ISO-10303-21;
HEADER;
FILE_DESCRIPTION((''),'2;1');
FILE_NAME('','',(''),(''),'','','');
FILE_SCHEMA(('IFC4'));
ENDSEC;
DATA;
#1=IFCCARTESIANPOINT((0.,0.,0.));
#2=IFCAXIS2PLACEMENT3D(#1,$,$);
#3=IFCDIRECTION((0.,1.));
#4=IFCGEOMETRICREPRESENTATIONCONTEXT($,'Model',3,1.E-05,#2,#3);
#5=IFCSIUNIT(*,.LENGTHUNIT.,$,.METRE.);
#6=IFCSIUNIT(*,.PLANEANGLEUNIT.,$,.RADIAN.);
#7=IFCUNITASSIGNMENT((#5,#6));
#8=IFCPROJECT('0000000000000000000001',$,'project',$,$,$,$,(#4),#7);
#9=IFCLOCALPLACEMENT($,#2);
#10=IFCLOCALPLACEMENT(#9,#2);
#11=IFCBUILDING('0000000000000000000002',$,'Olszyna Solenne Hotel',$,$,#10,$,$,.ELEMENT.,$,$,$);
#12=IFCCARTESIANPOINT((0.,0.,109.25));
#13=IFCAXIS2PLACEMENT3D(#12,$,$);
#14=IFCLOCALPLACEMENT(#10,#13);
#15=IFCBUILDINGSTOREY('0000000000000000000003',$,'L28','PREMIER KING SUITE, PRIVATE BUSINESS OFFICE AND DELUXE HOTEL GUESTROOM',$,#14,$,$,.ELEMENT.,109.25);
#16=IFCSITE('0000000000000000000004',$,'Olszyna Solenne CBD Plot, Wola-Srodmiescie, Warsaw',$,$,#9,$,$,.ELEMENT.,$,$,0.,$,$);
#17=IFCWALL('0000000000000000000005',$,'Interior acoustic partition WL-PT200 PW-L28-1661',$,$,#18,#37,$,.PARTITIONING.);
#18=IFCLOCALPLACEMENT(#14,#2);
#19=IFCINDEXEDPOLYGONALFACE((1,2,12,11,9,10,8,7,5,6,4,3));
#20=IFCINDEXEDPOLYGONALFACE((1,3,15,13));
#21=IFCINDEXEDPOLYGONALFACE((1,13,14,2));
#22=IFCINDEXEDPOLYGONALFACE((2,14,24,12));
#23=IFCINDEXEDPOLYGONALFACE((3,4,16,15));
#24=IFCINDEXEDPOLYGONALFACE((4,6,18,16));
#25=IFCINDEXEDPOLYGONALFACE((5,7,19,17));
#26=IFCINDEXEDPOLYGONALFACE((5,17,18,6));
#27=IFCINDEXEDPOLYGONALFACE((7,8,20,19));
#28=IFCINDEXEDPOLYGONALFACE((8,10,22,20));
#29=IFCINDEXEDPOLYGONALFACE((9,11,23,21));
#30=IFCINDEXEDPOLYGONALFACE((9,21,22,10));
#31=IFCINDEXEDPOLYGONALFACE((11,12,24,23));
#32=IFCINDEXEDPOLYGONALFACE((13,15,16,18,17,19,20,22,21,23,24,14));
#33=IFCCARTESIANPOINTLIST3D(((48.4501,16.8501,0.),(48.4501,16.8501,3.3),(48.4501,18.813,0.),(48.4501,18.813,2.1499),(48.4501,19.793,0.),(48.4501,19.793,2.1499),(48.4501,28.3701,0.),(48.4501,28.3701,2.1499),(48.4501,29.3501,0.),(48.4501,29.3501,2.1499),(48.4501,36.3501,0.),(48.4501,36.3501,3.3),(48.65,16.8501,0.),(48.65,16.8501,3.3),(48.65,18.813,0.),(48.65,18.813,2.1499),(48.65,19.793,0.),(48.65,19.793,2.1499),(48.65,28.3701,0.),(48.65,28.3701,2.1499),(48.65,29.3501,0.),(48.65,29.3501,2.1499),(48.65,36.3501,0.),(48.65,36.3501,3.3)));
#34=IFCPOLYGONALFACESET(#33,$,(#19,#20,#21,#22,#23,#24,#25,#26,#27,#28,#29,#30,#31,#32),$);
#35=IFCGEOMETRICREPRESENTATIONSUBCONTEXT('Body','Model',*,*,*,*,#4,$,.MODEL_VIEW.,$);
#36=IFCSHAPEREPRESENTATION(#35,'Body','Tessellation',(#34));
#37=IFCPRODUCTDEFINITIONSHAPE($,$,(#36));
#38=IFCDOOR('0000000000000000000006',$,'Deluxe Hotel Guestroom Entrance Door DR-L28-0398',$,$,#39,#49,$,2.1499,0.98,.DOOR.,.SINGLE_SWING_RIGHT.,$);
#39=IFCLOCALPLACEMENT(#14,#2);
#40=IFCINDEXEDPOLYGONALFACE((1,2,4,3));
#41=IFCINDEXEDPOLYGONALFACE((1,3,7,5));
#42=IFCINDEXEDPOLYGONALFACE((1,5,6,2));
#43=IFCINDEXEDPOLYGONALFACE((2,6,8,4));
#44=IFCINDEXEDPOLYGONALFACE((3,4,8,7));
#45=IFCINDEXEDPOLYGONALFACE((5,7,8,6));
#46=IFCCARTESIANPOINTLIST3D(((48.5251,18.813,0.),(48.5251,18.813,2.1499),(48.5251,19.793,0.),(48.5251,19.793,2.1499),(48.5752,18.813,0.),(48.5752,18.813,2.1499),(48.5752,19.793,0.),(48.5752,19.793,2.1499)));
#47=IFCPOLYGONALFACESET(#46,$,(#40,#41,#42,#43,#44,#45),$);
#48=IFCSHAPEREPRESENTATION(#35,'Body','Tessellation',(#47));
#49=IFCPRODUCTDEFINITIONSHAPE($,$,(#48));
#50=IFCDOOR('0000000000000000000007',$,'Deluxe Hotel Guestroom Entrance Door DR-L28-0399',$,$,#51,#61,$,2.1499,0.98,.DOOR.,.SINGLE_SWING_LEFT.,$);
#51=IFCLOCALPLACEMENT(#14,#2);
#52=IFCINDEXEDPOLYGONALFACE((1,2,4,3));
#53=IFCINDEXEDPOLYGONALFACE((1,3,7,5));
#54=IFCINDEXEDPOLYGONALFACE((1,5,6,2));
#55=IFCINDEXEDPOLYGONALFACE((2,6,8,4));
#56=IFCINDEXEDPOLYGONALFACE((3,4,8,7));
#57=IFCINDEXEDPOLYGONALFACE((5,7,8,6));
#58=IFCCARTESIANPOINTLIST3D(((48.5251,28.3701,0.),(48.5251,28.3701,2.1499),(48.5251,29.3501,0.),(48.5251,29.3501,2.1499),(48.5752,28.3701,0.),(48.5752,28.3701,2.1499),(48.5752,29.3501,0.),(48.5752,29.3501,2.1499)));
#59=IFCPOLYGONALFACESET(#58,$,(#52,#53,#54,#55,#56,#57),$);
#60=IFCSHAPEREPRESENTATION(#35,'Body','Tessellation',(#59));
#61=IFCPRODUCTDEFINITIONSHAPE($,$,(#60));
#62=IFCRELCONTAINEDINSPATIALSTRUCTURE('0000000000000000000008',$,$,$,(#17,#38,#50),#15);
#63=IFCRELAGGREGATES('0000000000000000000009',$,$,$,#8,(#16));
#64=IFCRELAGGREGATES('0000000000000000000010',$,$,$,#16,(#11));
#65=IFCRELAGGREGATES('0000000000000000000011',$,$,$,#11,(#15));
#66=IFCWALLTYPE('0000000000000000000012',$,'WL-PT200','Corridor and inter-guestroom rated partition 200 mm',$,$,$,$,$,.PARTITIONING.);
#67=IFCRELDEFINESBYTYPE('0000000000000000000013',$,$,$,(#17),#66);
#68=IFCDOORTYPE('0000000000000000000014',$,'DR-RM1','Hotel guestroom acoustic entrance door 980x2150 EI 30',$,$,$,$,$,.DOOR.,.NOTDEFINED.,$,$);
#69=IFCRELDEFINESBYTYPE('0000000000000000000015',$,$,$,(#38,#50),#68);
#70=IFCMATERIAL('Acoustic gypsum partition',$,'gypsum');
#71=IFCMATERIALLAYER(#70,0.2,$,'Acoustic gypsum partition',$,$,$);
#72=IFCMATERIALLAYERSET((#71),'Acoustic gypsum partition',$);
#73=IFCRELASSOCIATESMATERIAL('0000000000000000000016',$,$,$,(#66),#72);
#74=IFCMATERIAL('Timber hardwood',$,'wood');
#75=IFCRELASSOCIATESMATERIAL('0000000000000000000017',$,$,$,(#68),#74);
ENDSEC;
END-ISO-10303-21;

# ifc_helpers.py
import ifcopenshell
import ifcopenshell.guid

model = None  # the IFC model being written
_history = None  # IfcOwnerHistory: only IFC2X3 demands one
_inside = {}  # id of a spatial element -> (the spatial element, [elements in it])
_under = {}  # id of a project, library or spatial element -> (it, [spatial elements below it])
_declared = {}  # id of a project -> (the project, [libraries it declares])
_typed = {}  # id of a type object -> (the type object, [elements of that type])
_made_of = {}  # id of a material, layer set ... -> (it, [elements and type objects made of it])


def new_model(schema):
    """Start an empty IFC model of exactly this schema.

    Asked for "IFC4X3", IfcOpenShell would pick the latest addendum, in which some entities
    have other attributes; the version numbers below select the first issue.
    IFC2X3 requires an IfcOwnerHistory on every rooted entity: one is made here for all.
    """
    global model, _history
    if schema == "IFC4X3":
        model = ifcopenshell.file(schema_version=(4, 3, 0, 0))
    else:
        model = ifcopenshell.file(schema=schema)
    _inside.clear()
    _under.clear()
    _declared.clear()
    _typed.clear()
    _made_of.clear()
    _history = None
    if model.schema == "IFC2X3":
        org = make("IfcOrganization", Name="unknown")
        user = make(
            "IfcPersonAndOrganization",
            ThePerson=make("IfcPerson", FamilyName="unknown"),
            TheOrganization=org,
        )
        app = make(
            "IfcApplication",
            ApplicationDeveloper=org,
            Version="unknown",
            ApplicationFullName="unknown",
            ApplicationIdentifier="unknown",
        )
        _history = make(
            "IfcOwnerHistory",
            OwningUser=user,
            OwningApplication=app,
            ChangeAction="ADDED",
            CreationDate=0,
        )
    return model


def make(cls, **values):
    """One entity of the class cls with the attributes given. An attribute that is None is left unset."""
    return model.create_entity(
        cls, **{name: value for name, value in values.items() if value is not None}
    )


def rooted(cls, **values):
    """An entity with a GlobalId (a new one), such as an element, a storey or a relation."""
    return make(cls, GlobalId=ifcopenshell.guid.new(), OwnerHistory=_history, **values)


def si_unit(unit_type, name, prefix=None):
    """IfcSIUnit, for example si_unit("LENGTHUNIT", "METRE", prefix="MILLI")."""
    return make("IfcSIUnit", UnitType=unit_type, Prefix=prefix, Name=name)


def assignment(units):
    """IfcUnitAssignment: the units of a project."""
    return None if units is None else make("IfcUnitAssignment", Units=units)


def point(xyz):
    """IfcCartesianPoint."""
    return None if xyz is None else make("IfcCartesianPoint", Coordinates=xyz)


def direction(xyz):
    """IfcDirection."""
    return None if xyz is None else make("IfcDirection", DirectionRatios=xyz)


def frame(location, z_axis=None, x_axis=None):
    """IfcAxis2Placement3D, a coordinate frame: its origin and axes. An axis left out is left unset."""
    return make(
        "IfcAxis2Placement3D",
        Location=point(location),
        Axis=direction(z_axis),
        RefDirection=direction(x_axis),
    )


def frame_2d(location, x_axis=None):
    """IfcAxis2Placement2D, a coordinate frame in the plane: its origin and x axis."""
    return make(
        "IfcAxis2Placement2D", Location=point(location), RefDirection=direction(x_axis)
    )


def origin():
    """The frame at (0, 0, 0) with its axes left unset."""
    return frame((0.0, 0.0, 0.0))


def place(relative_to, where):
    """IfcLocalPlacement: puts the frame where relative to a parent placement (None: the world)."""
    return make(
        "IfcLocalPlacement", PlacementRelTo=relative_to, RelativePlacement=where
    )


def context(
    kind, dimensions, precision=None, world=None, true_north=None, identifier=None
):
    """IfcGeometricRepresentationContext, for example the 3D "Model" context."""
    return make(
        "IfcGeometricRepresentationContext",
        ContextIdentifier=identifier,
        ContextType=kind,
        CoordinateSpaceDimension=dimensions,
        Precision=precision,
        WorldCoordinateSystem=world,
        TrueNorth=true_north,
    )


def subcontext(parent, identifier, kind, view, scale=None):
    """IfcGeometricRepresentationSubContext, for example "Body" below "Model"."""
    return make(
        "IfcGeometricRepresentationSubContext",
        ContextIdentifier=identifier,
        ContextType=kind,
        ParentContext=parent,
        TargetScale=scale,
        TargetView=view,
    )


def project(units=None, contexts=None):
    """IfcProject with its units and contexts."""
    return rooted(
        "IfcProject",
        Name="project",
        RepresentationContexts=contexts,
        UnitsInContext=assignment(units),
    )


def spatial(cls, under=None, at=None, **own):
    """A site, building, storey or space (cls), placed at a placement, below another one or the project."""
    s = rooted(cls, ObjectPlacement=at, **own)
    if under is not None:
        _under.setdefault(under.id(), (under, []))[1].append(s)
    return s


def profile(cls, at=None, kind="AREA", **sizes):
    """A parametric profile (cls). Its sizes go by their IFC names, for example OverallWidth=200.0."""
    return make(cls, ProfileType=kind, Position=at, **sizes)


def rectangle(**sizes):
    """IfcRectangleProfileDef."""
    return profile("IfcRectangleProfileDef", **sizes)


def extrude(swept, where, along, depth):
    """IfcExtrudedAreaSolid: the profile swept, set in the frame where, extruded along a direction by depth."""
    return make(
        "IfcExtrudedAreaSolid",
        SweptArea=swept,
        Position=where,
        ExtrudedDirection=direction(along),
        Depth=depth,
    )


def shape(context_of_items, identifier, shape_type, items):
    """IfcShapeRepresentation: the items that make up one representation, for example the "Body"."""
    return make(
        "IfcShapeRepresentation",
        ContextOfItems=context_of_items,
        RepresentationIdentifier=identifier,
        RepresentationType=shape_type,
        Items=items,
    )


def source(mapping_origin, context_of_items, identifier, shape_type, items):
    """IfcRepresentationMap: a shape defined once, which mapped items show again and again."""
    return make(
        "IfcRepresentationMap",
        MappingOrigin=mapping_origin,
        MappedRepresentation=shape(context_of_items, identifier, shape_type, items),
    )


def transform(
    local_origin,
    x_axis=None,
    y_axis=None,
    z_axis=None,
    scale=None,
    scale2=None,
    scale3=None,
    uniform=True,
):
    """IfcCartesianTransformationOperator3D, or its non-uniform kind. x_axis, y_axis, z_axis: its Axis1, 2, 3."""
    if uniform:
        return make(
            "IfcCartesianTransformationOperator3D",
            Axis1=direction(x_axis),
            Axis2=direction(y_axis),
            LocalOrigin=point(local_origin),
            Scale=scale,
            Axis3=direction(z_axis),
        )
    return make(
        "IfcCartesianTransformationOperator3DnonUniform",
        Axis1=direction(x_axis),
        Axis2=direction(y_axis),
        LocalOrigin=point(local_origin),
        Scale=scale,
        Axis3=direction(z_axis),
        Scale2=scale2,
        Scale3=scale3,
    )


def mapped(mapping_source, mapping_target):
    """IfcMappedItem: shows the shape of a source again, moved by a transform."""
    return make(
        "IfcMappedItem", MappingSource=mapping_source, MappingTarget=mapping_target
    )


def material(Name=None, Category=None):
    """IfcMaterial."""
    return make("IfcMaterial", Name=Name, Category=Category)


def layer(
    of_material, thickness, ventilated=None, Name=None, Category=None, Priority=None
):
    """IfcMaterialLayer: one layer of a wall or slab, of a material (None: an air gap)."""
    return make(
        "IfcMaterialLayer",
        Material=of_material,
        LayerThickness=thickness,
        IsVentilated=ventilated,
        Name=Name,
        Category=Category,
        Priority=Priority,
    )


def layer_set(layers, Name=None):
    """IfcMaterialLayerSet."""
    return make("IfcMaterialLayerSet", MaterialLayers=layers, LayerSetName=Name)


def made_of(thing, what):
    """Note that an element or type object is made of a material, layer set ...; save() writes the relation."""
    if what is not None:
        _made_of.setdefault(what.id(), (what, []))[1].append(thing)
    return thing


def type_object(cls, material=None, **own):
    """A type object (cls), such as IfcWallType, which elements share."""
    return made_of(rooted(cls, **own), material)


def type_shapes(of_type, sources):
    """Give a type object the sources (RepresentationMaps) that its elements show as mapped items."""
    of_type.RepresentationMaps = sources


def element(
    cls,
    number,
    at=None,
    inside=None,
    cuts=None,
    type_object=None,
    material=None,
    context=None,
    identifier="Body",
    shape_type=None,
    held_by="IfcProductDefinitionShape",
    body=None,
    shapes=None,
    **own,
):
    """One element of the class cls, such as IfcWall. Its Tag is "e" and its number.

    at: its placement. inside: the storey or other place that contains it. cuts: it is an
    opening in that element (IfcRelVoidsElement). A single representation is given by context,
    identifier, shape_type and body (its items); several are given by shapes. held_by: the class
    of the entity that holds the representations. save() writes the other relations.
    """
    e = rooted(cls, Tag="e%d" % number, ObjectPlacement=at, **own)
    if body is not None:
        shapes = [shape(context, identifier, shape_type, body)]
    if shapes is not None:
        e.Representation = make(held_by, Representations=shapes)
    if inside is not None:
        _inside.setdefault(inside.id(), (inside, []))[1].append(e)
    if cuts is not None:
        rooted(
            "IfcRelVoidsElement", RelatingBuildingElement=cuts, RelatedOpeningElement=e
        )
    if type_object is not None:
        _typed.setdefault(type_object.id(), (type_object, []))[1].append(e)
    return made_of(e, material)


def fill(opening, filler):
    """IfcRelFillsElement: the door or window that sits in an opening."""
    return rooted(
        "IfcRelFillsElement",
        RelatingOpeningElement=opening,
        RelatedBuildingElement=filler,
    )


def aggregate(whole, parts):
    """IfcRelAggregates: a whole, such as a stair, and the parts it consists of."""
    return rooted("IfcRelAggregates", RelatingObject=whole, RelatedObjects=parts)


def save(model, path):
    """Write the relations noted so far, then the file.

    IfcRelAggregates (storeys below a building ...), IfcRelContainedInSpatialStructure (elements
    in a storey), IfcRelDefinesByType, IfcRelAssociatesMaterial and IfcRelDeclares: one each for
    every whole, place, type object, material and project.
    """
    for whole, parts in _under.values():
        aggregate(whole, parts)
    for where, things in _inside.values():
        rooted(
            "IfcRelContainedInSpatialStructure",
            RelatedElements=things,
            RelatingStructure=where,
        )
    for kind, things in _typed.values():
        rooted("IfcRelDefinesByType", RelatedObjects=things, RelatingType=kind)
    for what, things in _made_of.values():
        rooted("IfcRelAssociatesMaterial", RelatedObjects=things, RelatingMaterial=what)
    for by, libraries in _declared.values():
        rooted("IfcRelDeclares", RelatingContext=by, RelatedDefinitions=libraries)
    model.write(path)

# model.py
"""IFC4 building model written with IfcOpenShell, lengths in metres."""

from ifc_helpers import new_model, si_unit, direction, frame, frame_2d, origin, place, context, subcontext, project, spatial, rectangle, extrude, source, transform, mapped, material, layer, layer_set, type_object, type_shapes, element, fill, save


model = new_model("IFC4")

# Units and contexts
model_context = context("Model", 3, precision=1e-05, world=origin(), true_north=direction((0.0, 1.0)))
body_context = subcontext(model_context, "Body", "Model", "MODEL_VIEW")
ifc_project = project(units=[si_unit("LENGTHUNIT", "METRE"), si_unit("PLANEANGLEUNIT", "RADIAN")], contexts=[model_context])

# Site, building, storey
site_placement = place(None, origin())
site = spatial("IfcSite", under=ifc_project, at=site_placement, Name="Olszyna Solenne CBD Plot, Wola-Srodmiescie, Warsaw", CompositionType="ELEMENT", RefElevation=0.0)
building_placement = place(site_placement, origin())
building = spatial("IfcBuilding", under=site, at=building_placement, Name="Olszyna Solenne Hotel", CompositionType="ELEMENT")
storey_placement = place(building_placement, frame((0.0, 0.0, 109.25)))
storey = spatial("IfcBuildingStorey", under=building, at=storey_placement, Name="L28", Description="PREMIER KING SUITE, PRIVATE BUSINESS OFFICE AND DELUXE HOTEL GUESTROOM", CompositionType="ELEMENT", Elevation=109.25)

# Shared definitions
ifc_material_1 = material(Name="Acoustic gypsum partition", Category="gypsum")
ifc_material_2 = material(Name="Timber hardwood", Category="wood")

# Shared definitions
ifc_layer_1 = layer(ifc_material_1, 0.2, Name="Acoustic gypsum partition")
ifc_layer_set_1 = layer_set([ifc_layer_1], Name="Acoustic gypsum partition")
wall_type_1 = type_object("IfcWallType", Name="WL-PT200", Description="Corridor and inter-guestroom rated partition 200 mm", PredefinedType="PARTITIONING", material=ifc_layer_set_1)

# Wall, openings, doors
wall_1_placement = place(storey_placement, frame((48.55, 16.8501, 0.0), z_axis=(0.0, 0.0, 1.0), x_axis=(0.0, 1.0, 0.0)))
wall_1 = element("IfcWall", 1, at=wall_1_placement, inside=storey, type_object=wall_type_1, Name="Interior acoustic partition WL-PT200 PW-L28-1661", PredefinedType="PARTITIONING", context=body_context, shape_type="SweptSolid", body=[
    extrude(rectangle(XDim=19.5, YDim=0.2, at=frame_2d((9.75, 0.0))), origin(), (0.0, 0.0, 1.0), 3.3),
])
opening_1_placement = place(wall_1_placement, frame((1.9629, 0.0, 0.0)))
opening_1 = element("IfcOpeningElement", 2, at=opening_1_placement, cuts=wall_1, PredefinedType="OPENING", context=body_context, shape_type="SweptSolid", body=[
    extrude(rectangle(XDim=0.98, YDim=2.1499, at=frame_2d((0.49, 1.075))), frame((0.0, 0.1099, 0.0), z_axis=(0.0, -1.0, 0.0), x_axis=(1.0, 0.0, 0.0)), (0.0, 0.0, 1.0), 0.22),
])
opening_2_placement = place(wall_1_placement, frame((11.52, 0.0, 0.0)))
opening_2 = element("IfcOpeningElement", 3, at=opening_2_placement, cuts=wall_1, PredefinedType="OPENING", context=body_context, shape_type="SweptSolid", body=[
    extrude(rectangle(XDim=0.98, YDim=2.1499, at=frame_2d((0.49, 1.075))), frame((0.0, 0.1099, 0.0), z_axis=(0.0, -1.0, 0.0), x_axis=(1.0, 0.0, 0.0)), (0.0, 0.0, 1.0), 0.22),
])
door_type_1 = type_object("IfcDoorType", Name="DR-RM1", Description="Hotel guestroom acoustic entrance door 980x2150 EI 30", OperationType="NOTDEFINED", PredefinedType="DOOR", material=ifc_material_2)
shared_shape_1 = source(origin(), body_context, "Body", "SweptSolid", [
    extrude(rectangle(XDim=0.98, YDim=2.1499, at=frame_2d((0.49, 1.075))), frame((0.0, 0.0249, 0.0), z_axis=(0.0, -1.0, 0.0), x_axis=(1.0, 0.0, 0.0)), (0.0, 0.0, 1.0), 0.05),
])
type_shapes(door_type_1, [shared_shape_1])
door_1_placement = place(opening_1_placement, origin())
door_1 = element("IfcDoor", 4, at=door_1_placement, inside=storey, type_object=door_type_1, Name="Deluxe Hotel Guestroom Entrance Door DR-L28-0398", OperationType="SINGLE_SWING_RIGHT", OverallHeight=2.1499, OverallWidth=0.98, PredefinedType="DOOR", context=body_context, shape_type="MappedRepresentation", body=[
    mapped(shared_shape_1, transform((0.0, 0.0, 0.0), x_axis=(1.0, 0.0, 0.0), y_axis=(0.0, 1.0, 0.0), z_axis=(0.0, 0.0, 1.0), scale=1.0)),
])
fill(opening_1, door_1)
door_2_placement = place(opening_2_placement, origin())
door_2 = element("IfcDoor", 5, at=door_2_placement, inside=storey, type_object=door_type_1, Name="Deluxe Hotel Guestroom Entrance Door DR-L28-0399", OperationType="SINGLE_SWING_LEFT", OverallHeight=2.1499, OverallWidth=0.98, PredefinedType="DOOR", context=body_context, shape_type="MappedRepresentation", body=[
    mapped(shared_shape_1, transform((0.0, 0.0, 0.0), x_axis=(1.0, 0.0, 0.0), y_axis=(0.0, 1.0, 0.0), z_axis=(0.0, 0.0, 1.0), scale=1.0)),
])
fill(opening_2, door_2)

save(model, "model.ifc")
